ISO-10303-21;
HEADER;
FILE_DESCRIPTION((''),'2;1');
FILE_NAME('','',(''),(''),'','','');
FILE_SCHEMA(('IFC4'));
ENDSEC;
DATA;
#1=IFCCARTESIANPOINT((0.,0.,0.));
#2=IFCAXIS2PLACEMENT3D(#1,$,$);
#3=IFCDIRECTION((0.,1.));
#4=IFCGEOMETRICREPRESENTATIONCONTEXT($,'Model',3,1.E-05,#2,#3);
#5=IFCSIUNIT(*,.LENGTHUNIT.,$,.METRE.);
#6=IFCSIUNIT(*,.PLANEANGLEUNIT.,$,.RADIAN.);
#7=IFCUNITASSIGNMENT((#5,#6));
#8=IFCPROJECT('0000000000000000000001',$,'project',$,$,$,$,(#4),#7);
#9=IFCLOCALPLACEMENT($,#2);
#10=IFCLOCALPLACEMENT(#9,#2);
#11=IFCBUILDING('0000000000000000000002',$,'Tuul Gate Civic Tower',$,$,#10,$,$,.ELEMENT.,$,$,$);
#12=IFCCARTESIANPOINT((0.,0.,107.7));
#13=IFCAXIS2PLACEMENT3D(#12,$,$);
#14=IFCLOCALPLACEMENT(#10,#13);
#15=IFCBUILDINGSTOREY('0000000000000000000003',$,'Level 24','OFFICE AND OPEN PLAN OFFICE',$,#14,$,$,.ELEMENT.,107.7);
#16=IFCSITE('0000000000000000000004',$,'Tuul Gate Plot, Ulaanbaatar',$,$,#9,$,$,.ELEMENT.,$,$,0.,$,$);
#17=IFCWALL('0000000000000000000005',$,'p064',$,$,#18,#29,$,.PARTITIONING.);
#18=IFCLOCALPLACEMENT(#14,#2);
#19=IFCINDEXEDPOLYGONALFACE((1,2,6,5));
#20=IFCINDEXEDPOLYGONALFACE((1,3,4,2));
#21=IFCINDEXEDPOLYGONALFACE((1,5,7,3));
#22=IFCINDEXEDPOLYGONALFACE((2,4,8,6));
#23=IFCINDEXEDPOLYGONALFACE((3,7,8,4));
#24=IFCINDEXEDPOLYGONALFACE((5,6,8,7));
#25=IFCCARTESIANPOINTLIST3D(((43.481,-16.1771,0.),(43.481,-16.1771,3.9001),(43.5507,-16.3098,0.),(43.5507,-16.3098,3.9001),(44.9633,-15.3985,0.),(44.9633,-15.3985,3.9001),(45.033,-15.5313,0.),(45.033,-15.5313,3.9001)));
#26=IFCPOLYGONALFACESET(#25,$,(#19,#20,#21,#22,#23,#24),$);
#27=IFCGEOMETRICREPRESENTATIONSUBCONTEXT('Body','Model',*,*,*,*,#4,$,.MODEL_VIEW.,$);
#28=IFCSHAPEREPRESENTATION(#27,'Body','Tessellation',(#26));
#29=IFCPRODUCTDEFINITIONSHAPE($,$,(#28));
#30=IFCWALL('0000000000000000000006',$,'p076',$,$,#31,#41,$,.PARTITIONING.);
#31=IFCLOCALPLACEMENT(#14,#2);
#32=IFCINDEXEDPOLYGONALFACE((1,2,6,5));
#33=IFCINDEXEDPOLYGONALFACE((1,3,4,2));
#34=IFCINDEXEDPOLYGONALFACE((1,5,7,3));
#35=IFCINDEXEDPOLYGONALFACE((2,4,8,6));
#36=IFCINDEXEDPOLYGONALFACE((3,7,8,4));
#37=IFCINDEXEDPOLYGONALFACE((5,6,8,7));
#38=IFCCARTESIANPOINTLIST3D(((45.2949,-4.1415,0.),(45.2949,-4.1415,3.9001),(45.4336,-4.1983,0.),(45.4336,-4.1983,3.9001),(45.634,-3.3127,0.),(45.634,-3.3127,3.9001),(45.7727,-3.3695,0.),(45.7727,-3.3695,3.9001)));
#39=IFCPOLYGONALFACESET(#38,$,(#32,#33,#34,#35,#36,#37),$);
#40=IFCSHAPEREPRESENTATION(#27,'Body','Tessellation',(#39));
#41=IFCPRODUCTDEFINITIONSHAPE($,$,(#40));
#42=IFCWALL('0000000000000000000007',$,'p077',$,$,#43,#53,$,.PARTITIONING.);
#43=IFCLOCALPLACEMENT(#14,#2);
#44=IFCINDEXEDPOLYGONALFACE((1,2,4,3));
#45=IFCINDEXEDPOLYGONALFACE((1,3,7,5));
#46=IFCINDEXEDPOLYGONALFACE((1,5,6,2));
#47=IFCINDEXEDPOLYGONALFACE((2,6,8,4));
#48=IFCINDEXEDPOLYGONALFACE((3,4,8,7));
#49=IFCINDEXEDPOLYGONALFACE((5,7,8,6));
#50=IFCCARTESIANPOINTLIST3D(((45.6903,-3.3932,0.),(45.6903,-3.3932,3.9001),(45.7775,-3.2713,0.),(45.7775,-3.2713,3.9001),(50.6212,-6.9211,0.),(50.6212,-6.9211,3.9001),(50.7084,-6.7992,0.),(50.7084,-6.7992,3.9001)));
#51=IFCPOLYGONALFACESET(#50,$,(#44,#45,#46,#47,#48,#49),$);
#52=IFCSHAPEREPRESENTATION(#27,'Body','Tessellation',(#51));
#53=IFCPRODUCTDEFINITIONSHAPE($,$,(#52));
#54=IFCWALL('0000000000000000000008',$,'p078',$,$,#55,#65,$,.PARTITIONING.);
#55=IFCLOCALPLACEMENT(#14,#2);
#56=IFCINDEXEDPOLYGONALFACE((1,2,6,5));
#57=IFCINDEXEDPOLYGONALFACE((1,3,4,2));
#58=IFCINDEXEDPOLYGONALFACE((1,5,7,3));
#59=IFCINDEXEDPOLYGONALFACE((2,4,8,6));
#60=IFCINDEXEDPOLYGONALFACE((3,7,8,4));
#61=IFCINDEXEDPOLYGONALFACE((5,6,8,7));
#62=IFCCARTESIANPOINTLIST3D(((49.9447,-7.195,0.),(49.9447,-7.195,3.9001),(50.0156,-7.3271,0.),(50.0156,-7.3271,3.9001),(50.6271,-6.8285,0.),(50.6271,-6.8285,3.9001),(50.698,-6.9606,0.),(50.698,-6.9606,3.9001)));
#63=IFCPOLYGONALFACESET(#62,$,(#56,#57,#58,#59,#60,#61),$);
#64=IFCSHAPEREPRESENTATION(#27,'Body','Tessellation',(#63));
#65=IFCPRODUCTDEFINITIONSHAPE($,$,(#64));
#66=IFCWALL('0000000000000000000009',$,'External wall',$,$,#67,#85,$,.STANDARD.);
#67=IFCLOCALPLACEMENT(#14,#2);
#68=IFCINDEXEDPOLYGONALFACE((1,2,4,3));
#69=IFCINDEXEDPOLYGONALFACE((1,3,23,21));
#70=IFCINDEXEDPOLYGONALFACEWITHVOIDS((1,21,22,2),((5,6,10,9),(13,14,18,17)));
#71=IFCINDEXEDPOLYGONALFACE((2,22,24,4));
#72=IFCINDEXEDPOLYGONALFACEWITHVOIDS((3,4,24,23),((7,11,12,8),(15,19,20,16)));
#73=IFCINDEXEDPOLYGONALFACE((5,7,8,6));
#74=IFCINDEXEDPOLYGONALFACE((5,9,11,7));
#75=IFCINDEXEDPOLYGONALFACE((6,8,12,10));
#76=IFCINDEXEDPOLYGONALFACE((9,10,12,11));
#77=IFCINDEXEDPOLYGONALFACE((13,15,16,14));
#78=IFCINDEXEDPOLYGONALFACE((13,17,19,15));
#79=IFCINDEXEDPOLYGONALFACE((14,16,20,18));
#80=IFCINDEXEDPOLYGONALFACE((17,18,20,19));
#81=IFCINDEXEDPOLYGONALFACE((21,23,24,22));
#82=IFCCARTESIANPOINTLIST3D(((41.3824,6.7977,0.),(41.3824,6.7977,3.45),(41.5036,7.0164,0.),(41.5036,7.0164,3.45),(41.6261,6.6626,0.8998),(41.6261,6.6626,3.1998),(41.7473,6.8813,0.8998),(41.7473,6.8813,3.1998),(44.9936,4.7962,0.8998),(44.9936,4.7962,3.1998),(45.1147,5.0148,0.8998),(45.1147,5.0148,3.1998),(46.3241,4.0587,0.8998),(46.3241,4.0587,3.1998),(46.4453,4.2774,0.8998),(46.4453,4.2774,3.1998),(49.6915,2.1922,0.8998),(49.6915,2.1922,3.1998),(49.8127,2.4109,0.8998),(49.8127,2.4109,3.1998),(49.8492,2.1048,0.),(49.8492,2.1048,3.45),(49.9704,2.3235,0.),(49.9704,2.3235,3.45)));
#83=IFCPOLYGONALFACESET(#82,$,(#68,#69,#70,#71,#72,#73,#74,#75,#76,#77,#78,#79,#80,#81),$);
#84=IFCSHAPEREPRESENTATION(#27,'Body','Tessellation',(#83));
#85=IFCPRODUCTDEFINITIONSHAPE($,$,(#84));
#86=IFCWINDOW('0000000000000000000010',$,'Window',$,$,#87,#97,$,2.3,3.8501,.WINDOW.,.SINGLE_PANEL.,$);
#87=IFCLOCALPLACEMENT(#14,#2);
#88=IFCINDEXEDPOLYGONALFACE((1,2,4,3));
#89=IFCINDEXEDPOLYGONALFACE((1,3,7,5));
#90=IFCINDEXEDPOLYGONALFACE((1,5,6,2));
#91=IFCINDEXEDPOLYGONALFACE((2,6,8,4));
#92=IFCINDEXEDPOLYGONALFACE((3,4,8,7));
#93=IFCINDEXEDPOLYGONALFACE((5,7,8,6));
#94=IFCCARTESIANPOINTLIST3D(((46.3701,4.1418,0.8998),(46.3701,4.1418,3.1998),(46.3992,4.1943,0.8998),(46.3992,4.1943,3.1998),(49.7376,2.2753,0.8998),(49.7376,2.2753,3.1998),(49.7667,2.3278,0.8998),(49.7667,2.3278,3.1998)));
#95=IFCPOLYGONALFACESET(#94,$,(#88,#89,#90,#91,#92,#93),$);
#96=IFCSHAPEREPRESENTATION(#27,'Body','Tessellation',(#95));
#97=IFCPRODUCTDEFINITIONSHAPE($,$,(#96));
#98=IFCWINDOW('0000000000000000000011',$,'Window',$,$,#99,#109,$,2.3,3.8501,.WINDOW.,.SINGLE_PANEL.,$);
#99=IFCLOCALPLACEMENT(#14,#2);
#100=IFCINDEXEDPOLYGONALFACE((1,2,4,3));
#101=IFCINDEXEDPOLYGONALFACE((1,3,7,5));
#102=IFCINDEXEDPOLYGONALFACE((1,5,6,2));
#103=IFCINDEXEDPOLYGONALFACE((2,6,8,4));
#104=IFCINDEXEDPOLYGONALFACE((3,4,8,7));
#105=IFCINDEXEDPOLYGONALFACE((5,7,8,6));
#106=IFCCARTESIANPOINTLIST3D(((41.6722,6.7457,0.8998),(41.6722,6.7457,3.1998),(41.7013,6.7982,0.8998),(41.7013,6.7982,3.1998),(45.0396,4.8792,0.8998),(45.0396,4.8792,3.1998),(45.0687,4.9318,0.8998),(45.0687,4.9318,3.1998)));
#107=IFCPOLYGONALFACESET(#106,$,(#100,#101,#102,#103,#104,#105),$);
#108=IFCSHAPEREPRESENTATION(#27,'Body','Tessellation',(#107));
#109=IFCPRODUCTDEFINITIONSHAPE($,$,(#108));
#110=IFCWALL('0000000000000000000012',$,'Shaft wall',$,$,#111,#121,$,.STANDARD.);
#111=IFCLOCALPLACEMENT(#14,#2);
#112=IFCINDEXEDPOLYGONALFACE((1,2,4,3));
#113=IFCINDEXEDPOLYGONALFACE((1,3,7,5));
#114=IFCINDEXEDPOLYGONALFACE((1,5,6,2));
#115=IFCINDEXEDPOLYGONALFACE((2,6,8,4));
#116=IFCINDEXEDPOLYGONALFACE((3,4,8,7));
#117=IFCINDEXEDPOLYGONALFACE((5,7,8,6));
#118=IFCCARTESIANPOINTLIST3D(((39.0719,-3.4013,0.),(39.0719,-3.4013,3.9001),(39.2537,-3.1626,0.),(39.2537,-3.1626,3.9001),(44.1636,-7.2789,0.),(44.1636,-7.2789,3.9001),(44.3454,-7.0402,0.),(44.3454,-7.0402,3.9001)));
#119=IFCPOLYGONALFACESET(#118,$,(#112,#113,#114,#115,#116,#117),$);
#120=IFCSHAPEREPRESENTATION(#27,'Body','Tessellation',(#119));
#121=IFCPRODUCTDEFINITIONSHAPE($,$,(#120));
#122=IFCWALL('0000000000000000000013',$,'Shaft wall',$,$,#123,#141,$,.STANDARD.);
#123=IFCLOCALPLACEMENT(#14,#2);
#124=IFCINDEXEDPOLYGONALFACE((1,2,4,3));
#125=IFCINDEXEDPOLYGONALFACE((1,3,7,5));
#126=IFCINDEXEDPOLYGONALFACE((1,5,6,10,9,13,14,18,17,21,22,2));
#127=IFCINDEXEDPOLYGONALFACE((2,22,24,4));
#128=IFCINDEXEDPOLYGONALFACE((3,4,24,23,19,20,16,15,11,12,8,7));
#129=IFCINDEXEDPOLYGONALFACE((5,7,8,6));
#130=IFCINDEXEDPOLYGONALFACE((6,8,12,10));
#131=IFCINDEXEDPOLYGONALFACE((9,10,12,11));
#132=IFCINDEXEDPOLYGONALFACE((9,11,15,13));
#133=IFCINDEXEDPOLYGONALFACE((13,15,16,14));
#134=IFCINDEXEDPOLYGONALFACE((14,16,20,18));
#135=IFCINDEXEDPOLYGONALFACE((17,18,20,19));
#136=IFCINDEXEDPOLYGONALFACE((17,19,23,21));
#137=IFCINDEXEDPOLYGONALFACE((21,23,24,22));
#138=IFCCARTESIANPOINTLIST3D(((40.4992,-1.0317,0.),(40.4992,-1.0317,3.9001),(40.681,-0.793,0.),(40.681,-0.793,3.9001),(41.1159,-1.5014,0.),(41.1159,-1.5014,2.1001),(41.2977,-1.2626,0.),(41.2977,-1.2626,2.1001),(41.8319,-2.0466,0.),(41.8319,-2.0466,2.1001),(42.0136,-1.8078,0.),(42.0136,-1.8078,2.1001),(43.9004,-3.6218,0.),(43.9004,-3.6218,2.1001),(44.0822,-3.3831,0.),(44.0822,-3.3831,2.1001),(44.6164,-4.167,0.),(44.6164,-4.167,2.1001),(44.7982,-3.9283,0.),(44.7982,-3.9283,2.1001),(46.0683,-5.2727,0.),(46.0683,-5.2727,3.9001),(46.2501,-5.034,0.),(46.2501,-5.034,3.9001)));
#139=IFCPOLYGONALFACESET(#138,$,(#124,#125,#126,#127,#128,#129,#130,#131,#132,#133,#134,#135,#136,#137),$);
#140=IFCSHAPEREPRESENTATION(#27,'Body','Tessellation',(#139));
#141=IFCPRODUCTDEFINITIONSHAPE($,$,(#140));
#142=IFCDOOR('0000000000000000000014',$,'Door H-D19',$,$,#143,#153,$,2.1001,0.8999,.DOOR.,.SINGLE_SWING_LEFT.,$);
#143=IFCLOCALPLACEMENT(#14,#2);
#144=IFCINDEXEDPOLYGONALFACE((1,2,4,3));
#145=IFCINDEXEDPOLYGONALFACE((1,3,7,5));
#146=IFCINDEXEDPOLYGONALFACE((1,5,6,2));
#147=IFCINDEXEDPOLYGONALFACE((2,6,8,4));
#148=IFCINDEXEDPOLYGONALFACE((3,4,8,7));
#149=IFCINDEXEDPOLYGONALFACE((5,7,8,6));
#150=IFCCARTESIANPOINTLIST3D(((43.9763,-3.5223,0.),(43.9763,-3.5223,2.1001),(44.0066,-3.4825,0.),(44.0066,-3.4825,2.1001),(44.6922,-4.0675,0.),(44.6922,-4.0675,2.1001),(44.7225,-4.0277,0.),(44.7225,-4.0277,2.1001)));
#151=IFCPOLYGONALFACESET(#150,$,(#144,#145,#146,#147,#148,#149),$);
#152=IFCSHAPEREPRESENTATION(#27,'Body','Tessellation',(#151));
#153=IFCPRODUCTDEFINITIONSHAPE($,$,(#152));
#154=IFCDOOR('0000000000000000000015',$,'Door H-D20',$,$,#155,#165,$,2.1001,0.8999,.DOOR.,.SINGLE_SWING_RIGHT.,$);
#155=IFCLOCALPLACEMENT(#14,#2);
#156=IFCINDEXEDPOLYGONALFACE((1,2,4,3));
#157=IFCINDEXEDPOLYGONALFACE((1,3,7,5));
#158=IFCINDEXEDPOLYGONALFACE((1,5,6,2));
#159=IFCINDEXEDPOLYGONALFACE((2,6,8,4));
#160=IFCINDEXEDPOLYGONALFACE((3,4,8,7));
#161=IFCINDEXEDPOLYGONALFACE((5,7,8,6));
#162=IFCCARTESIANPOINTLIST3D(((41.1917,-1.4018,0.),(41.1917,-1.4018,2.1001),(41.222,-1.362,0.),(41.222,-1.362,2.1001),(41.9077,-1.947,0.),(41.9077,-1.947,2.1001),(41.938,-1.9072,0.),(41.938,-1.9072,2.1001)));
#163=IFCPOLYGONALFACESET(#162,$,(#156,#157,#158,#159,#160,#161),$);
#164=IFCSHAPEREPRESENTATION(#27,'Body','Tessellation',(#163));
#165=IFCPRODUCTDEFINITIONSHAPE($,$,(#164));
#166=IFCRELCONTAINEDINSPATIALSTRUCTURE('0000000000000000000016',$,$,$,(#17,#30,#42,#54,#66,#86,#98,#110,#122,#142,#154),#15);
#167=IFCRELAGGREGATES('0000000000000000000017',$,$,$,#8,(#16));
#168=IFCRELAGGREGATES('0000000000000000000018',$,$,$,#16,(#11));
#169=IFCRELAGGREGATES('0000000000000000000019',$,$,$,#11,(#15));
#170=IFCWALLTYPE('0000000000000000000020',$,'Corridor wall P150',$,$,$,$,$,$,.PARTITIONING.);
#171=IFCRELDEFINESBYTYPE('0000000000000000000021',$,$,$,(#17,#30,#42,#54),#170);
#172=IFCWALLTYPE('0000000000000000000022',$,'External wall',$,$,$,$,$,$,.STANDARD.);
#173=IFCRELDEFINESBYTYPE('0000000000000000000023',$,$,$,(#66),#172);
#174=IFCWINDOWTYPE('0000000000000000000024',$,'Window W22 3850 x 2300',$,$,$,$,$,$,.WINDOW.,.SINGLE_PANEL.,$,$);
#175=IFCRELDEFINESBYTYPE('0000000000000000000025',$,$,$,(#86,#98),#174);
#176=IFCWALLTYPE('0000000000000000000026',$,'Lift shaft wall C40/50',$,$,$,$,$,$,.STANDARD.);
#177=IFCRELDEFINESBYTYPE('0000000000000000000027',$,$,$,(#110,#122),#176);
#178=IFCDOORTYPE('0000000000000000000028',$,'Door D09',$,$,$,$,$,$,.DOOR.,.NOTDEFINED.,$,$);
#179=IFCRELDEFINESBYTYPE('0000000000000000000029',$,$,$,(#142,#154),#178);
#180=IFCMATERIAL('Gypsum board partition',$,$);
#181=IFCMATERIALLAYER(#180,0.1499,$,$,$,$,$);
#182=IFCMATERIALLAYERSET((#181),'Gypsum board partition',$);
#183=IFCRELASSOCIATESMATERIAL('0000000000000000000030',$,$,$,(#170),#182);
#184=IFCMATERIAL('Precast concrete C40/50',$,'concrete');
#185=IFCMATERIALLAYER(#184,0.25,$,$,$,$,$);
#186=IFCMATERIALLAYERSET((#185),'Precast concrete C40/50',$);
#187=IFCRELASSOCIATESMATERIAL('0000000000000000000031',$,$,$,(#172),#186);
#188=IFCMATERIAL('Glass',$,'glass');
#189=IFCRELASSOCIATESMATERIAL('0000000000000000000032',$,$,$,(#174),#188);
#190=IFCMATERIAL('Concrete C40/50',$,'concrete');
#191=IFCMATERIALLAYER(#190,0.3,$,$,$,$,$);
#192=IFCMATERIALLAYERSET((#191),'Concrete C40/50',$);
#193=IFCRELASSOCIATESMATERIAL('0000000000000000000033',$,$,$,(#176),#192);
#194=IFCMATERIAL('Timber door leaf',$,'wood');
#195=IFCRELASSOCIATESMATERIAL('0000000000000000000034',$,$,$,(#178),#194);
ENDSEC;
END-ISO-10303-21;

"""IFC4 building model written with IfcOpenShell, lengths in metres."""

from ifc_helpers import new_model, si_unit, direction, frame, frame_2d, origin, place, context, subcontext, project, spatial, rectangle, extrude, material, layer, layer_set, type_object, element, fill, save


model = new_model("IFC4")

# Units and contexts
model_context = context("Model", 3, precision=1e-05, world=origin(), true_north=direction((0.0, 1.0)))
body_context = subcontext(model_context, "Body", "Model", "MODEL_VIEW")
ifc_project = project(units=[si_unit("LENGTHUNIT", "METRE"), si_unit("PLANEANGLEUNIT", "RADIAN")], contexts=[model_context])

# Site, building, storey
site_placement = place(None, origin())
site = spatial("IfcSite", under=ifc_project, at=site_placement, Name="Tuul Gate Plot, Ulaanbaatar", CompositionType="ELEMENT", RefElevation=0.0)
building_placement = place(site_placement, origin())
building = spatial("IfcBuilding", under=site, at=building_placement, Name="Tuul Gate Civic Tower", CompositionType="ELEMENT")
storey_placement = place(building_placement, frame((0.0, 0.0, 107.7)))
storey = spatial("IfcBuildingStorey", under=building, at=storey_placement, Name="Level 24", Description="OFFICE AND OPEN PLAN OFFICE", CompositionType="ELEMENT", Elevation=107.7)

# Walls
ifc_material_1 = material(Name="Gypsum board partition")
ifc_layer_1 = layer(ifc_material_1, 0.1499)
ifc_layer_set_1 = layer_set([ifc_layer_1], Name="Gypsum board partition")
wall_type_1 = type_object("IfcWallType", Name="Corridor wall P150", PredefinedType="PARTITIONING", material=ifc_layer_set_1)
wall_1_placement = place(storey_placement, frame((43.5159, -16.2434, 0.0), z_axis=(0.0, 0.0, 1.0), x_axis=(0.885326, 0.464971, 0.0)))
element("IfcWall", 1, at=wall_1_placement, inside=storey, type_object=wall_type_1, Name="p064", PredefinedType="PARTITIONING", context=body_context, shape_type="SweptSolid", body=[
    extrude(rectangle(XDim=1.6743, YDim=0.1499, at=frame_2d((0.8372, 0.0))), origin(), (0.0, 0.0, 1.0), 3.9001),
])
wall_2_placement = place(storey_placement, frame((45.3643, -4.1699, 0.0), z_axis=(0.0, 0.0, 1.0), x_axis=(0.378665, 0.925534, 0.0)))
element("IfcWall", 2, at=wall_2_placement, inside=storey, type_object=wall_type_1, Name="p076", PredefinedType="PARTITIONING", context=body_context, shape_type="SweptSolid", body=[
    extrude(rectangle(XDim=0.8955, YDim=0.1499, at=frame_2d((0.4478, 0.0))), origin(), (0.0, 0.0, 1.0), 3.9001),
])
wall_3_placement = place(storey_placement, frame((45.7339, -3.3323, 0.0), z_axis=(0.0, 0.0, 1.0), x_axis=(0.813284, -0.581867, 0.0)))
element("IfcWall", 3, at=wall_3_placement, inside=storey, type_object=wall_type_1, Name="p077", PredefinedType="PARTITIONING", context=body_context, shape_type="SweptSolid", body=[
    extrude(rectangle(XDim=6.063, YDim=0.1499, at=frame_2d((3.0315, 0.0))), origin(), (0.0, 0.0, 1.0), 3.9001),
])
wall_4_placement = place(storey_placement, frame((49.9802, -7.261, 0.0), z_axis=(0.0, 0.0, 1.0), x_axis=(0.880997, 0.473122, 0.0)))
element("IfcWall", 4, at=wall_4_placement, inside=storey, type_object=wall_type_1, Name="p078", PredefinedType="PARTITIONING", context=body_context, shape_type="SweptSolid", body=[
    extrude(rectangle(XDim=0.7747, YDim=0.1499, at=frame_2d((0.3872, 0.0))), origin(), (0.0, 0.0, 1.0), 3.9001),
])

# Wall, openings, windows
ifc_material_2 = material(Name="Precast concrete C40/50", Category="concrete")
ifc_layer_2 = layer(ifc_material_2, 0.25)
ifc_layer_set_2 = layer_set([ifc_layer_2], Name="Precast concrete C40/50")
wall_type_2 = type_object("IfcWallType", Name="External wall", PredefinedType="STANDARD", material=ifc_layer_set_2)
wall_5_placement = place(storey_placement, frame((49.9099, 2.2141, 0.0), z_axis=(0.0, 0.0, 1.0), x_axis=(-0.874635, 0.484782, 0.0)))
wall_5 = element("IfcWall", 5, at=wall_5_placement, inside=storey, type_object=wall_type_2, Name="External wall", PredefinedType="STANDARD", context=body_context, shape_type="SweptSolid", body=[
    extrude(rectangle(XDim=9.6804, YDim=0.25, at=frame_2d((4.8403, 0.0))), origin(), (0.0, 0.0, 1.0), 3.45),
])
opening_1_placement = place(wall_5_placement, frame((0.1804, 0.0, 0.8999)))
opening_1 = element("IfcOpeningElement", 6, at=opening_1_placement, cuts=wall_5, PredefinedType="OPENING", context=body_context, shape_type="SweptSolid", body=[
    extrude(rectangle(XDim=3.8501, YDim=2.3, at=frame_2d((1.925, 1.1499))), frame((0.0, 0.135, 0.0), z_axis=(0.0, -1.0, 0.0), x_axis=(1.0, 0.0, 0.0)), (0.0, 0.0, 1.0), 0.27),
])
opening_2_placement = place(wall_5_placement, frame((5.5518, 0.0, 0.8999)))
opening_2 = element("IfcOpeningElement", 7, at=opening_2_placement, cuts=wall_5, PredefinedType="OPENING", context=body_context, shape_type="SweptSolid", body=[
    extrude(rectangle(XDim=3.8501, YDim=2.3, at=frame_2d((1.925, 1.1499))), frame((0.0, 0.135, 0.0), z_axis=(0.0, -1.0, 0.0), x_axis=(1.0, 0.0, 0.0)), (0.0, 0.0, 1.0), 0.27),
])
ifc_material_3 = material(Name="Glass", Category="glass")
window_type = type_object("IfcWindowType", Name="Window W22 3850 x 2300", PartitioningType="SINGLE_PANEL", PredefinedType="WINDOW", material=ifc_material_3)
window_1_placement = place(opening_1_placement, origin())
window_1 = element("IfcWindow", 8, at=window_1_placement, inside=storey, type_object=window_type, Name="Window", OverallHeight=2.3, OverallWidth=3.8501, PartitioningType="SINGLE_PANEL", PredefinedType="WINDOW", context=body_context, shape_type="SweptSolid", body=[
    extrude(rectangle(XDim=3.8501, YDim=2.3, at=frame_2d((1.925, 1.1499))), frame((0.0, 0.03, 0.0), z_axis=(0.0, -1.0, 0.0), x_axis=(1.0, 0.0, 0.0)), (0.0, 0.0, 1.0), 0.0601),
])
fill(opening_1, window_1)
window_2_placement = place(opening_2_placement, origin())
window_2 = element("IfcWindow", 9, at=window_2_placement, inside=storey, type_object=window_type, Name="Window", OverallHeight=2.3, OverallWidth=3.8501, PartitioningType="SINGLE_PANEL", PredefinedType="WINDOW", context=body_context, shape_type="SweptSolid", body=[
    extrude(rectangle(XDim=3.8501, YDim=2.3, at=frame_2d((1.925, 1.1499))), frame((0.0, 0.03, 0.0), z_axis=(0.0, -1.0, 0.0), x_axis=(1.0, 0.0, 0.0)), (0.0, 0.0, 1.0), 0.0601),
])
fill(opening_2, window_2)

# Wall
ifc_material_4 = material(Name="Concrete C40/50", Category="concrete")
ifc_layer_3 = layer(ifc_material_4, 0.3)
ifc_layer_set_3 = layer_set([ifc_layer_3], Name="Concrete C40/50")
wall_type_3 = type_object("IfcWallType", Name="Lift shaft wall C40/50", PredefinedType="STANDARD", material=ifc_layer_set_3)
wall_6_placement = place(storey_placement, frame((44.2546, -7.1597, 0.0), z_axis=(0.0, 0.0, 1.0), x_axis=(-0.795566, 0.605867, 0.0)))
element("IfcWall", 10, at=wall_6_placement, inside=storey, type_object=wall_type_3, Name="Shaft wall", PredefinedType="STANDARD", context=body_context, shape_type="SweptSolid", body=[
    extrude(rectangle(XDim=6.4001, YDim=0.3, at=frame_2d((3.2002, 0.0))), origin(), (0.0, 0.0, 1.0), 3.9001),
])

# Wall, openings, doors
wall_7_placement = place(storey_placement, frame((46.1592, -5.1533, 0.0), z_axis=(0.0, 0.0, 1.0), x_axis=(-0.79558, 0.605849, 0.0)))
wall_7 = element("IfcWall", 11, at=wall_7_placement, inside=storey, type_object=wall_type_3, Name="Shaft wall", PredefinedType="STANDARD", context=body_context, shape_type="SweptSolid", body=[
    extrude(rectangle(XDim=7.0, YDim=0.3, at=frame_2d((3.5, 0.0))), origin(), (0.0, 0.0, 1.0), 3.9001),
])
opening_3_placement = place(wall_7_placement, frame((1.825, 0.0, 0.0)))
opening_3 = element("IfcOpeningElement", 12, at=opening_3_placement, cuts=wall_7, PredefinedType="OPENING", context=body_context, shape_type="SweptSolid", body=[
    extrude(rectangle(XDim=0.8999, YDim=2.1001, at=frame_2d((0.45, 1.05))), frame((0.0, 0.1602, 0.0), z_axis=(0.0, -1.0, 0.0), x_axis=(1.0, 0.0, 0.0)), (0.0, 0.0, 1.0), 0.3201),
])
opening_4_placement = place(wall_7_placement, frame((5.325, 0.0, 0.0)))
opening_4 = element("IfcOpeningElement", 13, at=opening_4_placement, cuts=wall_7, PredefinedType="OPENING", context=body_context, shape_type="SweptSolid", body=[
    extrude(rectangle(XDim=0.8999, YDim=2.1001, at=frame_2d((0.45, 1.05))), frame((0.0, 0.1602, 0.0), z_axis=(0.0, -1.0, 0.0), x_axis=(1.0, 0.0, 0.0)), (0.0, 0.0, 1.0), 0.3201),
])
ifc_material_5 = material(Name="Timber door leaf", Category="wood")
door_type_1 = type_object("IfcDoorType", Name="Door D09", OperationType="NOTDEFINED", PredefinedType="DOOR", material=ifc_material_5)
door_1_placement = place(opening_3_placement, origin())
door_1 = element("IfcDoor", 14, at=door_1_placement, inside=storey, type_object=door_type_1, Name="Door H-D19", OperationType="SINGLE_SWING_LEFT", OverallHeight=2.1001, OverallWidth=0.8999, PredefinedType="DOOR", context=body_context, shape_type="SweptSolid", body=[
    extrude(rectangle(XDim=0.8999, YDim=2.1001, at=frame_2d((0.45, 1.05))), frame((0.0, 0.0249, 0.0), z_axis=(0.0, -1.0, 0.0), x_axis=(1.0, 0.0, 0.0)), (0.0, 0.0, 1.0), 0.05),
])
fill(opening_3, door_1)
door_2_placement = place(opening_4_placement, origin())
door_2 = element("IfcDoor", 15, at=door_2_placement, inside=storey, type_object=door_type_1, Name="Door H-D20", OperationType="SINGLE_SWING_RIGHT", OverallHeight=2.1001, OverallWidth=0.8999, PredefinedType="DOOR", context=body_context, shape_type="SweptSolid", body=[
    extrude(rectangle(XDim=0.8999, YDim=2.1001, at=frame_2d((0.45, 1.05))), frame((0.0, 0.0249, 0.0), z_axis=(0.0, -1.0, 0.0), x_axis=(1.0, 0.0, 0.0)), (0.0, 0.0, 1.0), 0.05),
])
fill(opening_4, door_2)

save(model, "model.ifc")
